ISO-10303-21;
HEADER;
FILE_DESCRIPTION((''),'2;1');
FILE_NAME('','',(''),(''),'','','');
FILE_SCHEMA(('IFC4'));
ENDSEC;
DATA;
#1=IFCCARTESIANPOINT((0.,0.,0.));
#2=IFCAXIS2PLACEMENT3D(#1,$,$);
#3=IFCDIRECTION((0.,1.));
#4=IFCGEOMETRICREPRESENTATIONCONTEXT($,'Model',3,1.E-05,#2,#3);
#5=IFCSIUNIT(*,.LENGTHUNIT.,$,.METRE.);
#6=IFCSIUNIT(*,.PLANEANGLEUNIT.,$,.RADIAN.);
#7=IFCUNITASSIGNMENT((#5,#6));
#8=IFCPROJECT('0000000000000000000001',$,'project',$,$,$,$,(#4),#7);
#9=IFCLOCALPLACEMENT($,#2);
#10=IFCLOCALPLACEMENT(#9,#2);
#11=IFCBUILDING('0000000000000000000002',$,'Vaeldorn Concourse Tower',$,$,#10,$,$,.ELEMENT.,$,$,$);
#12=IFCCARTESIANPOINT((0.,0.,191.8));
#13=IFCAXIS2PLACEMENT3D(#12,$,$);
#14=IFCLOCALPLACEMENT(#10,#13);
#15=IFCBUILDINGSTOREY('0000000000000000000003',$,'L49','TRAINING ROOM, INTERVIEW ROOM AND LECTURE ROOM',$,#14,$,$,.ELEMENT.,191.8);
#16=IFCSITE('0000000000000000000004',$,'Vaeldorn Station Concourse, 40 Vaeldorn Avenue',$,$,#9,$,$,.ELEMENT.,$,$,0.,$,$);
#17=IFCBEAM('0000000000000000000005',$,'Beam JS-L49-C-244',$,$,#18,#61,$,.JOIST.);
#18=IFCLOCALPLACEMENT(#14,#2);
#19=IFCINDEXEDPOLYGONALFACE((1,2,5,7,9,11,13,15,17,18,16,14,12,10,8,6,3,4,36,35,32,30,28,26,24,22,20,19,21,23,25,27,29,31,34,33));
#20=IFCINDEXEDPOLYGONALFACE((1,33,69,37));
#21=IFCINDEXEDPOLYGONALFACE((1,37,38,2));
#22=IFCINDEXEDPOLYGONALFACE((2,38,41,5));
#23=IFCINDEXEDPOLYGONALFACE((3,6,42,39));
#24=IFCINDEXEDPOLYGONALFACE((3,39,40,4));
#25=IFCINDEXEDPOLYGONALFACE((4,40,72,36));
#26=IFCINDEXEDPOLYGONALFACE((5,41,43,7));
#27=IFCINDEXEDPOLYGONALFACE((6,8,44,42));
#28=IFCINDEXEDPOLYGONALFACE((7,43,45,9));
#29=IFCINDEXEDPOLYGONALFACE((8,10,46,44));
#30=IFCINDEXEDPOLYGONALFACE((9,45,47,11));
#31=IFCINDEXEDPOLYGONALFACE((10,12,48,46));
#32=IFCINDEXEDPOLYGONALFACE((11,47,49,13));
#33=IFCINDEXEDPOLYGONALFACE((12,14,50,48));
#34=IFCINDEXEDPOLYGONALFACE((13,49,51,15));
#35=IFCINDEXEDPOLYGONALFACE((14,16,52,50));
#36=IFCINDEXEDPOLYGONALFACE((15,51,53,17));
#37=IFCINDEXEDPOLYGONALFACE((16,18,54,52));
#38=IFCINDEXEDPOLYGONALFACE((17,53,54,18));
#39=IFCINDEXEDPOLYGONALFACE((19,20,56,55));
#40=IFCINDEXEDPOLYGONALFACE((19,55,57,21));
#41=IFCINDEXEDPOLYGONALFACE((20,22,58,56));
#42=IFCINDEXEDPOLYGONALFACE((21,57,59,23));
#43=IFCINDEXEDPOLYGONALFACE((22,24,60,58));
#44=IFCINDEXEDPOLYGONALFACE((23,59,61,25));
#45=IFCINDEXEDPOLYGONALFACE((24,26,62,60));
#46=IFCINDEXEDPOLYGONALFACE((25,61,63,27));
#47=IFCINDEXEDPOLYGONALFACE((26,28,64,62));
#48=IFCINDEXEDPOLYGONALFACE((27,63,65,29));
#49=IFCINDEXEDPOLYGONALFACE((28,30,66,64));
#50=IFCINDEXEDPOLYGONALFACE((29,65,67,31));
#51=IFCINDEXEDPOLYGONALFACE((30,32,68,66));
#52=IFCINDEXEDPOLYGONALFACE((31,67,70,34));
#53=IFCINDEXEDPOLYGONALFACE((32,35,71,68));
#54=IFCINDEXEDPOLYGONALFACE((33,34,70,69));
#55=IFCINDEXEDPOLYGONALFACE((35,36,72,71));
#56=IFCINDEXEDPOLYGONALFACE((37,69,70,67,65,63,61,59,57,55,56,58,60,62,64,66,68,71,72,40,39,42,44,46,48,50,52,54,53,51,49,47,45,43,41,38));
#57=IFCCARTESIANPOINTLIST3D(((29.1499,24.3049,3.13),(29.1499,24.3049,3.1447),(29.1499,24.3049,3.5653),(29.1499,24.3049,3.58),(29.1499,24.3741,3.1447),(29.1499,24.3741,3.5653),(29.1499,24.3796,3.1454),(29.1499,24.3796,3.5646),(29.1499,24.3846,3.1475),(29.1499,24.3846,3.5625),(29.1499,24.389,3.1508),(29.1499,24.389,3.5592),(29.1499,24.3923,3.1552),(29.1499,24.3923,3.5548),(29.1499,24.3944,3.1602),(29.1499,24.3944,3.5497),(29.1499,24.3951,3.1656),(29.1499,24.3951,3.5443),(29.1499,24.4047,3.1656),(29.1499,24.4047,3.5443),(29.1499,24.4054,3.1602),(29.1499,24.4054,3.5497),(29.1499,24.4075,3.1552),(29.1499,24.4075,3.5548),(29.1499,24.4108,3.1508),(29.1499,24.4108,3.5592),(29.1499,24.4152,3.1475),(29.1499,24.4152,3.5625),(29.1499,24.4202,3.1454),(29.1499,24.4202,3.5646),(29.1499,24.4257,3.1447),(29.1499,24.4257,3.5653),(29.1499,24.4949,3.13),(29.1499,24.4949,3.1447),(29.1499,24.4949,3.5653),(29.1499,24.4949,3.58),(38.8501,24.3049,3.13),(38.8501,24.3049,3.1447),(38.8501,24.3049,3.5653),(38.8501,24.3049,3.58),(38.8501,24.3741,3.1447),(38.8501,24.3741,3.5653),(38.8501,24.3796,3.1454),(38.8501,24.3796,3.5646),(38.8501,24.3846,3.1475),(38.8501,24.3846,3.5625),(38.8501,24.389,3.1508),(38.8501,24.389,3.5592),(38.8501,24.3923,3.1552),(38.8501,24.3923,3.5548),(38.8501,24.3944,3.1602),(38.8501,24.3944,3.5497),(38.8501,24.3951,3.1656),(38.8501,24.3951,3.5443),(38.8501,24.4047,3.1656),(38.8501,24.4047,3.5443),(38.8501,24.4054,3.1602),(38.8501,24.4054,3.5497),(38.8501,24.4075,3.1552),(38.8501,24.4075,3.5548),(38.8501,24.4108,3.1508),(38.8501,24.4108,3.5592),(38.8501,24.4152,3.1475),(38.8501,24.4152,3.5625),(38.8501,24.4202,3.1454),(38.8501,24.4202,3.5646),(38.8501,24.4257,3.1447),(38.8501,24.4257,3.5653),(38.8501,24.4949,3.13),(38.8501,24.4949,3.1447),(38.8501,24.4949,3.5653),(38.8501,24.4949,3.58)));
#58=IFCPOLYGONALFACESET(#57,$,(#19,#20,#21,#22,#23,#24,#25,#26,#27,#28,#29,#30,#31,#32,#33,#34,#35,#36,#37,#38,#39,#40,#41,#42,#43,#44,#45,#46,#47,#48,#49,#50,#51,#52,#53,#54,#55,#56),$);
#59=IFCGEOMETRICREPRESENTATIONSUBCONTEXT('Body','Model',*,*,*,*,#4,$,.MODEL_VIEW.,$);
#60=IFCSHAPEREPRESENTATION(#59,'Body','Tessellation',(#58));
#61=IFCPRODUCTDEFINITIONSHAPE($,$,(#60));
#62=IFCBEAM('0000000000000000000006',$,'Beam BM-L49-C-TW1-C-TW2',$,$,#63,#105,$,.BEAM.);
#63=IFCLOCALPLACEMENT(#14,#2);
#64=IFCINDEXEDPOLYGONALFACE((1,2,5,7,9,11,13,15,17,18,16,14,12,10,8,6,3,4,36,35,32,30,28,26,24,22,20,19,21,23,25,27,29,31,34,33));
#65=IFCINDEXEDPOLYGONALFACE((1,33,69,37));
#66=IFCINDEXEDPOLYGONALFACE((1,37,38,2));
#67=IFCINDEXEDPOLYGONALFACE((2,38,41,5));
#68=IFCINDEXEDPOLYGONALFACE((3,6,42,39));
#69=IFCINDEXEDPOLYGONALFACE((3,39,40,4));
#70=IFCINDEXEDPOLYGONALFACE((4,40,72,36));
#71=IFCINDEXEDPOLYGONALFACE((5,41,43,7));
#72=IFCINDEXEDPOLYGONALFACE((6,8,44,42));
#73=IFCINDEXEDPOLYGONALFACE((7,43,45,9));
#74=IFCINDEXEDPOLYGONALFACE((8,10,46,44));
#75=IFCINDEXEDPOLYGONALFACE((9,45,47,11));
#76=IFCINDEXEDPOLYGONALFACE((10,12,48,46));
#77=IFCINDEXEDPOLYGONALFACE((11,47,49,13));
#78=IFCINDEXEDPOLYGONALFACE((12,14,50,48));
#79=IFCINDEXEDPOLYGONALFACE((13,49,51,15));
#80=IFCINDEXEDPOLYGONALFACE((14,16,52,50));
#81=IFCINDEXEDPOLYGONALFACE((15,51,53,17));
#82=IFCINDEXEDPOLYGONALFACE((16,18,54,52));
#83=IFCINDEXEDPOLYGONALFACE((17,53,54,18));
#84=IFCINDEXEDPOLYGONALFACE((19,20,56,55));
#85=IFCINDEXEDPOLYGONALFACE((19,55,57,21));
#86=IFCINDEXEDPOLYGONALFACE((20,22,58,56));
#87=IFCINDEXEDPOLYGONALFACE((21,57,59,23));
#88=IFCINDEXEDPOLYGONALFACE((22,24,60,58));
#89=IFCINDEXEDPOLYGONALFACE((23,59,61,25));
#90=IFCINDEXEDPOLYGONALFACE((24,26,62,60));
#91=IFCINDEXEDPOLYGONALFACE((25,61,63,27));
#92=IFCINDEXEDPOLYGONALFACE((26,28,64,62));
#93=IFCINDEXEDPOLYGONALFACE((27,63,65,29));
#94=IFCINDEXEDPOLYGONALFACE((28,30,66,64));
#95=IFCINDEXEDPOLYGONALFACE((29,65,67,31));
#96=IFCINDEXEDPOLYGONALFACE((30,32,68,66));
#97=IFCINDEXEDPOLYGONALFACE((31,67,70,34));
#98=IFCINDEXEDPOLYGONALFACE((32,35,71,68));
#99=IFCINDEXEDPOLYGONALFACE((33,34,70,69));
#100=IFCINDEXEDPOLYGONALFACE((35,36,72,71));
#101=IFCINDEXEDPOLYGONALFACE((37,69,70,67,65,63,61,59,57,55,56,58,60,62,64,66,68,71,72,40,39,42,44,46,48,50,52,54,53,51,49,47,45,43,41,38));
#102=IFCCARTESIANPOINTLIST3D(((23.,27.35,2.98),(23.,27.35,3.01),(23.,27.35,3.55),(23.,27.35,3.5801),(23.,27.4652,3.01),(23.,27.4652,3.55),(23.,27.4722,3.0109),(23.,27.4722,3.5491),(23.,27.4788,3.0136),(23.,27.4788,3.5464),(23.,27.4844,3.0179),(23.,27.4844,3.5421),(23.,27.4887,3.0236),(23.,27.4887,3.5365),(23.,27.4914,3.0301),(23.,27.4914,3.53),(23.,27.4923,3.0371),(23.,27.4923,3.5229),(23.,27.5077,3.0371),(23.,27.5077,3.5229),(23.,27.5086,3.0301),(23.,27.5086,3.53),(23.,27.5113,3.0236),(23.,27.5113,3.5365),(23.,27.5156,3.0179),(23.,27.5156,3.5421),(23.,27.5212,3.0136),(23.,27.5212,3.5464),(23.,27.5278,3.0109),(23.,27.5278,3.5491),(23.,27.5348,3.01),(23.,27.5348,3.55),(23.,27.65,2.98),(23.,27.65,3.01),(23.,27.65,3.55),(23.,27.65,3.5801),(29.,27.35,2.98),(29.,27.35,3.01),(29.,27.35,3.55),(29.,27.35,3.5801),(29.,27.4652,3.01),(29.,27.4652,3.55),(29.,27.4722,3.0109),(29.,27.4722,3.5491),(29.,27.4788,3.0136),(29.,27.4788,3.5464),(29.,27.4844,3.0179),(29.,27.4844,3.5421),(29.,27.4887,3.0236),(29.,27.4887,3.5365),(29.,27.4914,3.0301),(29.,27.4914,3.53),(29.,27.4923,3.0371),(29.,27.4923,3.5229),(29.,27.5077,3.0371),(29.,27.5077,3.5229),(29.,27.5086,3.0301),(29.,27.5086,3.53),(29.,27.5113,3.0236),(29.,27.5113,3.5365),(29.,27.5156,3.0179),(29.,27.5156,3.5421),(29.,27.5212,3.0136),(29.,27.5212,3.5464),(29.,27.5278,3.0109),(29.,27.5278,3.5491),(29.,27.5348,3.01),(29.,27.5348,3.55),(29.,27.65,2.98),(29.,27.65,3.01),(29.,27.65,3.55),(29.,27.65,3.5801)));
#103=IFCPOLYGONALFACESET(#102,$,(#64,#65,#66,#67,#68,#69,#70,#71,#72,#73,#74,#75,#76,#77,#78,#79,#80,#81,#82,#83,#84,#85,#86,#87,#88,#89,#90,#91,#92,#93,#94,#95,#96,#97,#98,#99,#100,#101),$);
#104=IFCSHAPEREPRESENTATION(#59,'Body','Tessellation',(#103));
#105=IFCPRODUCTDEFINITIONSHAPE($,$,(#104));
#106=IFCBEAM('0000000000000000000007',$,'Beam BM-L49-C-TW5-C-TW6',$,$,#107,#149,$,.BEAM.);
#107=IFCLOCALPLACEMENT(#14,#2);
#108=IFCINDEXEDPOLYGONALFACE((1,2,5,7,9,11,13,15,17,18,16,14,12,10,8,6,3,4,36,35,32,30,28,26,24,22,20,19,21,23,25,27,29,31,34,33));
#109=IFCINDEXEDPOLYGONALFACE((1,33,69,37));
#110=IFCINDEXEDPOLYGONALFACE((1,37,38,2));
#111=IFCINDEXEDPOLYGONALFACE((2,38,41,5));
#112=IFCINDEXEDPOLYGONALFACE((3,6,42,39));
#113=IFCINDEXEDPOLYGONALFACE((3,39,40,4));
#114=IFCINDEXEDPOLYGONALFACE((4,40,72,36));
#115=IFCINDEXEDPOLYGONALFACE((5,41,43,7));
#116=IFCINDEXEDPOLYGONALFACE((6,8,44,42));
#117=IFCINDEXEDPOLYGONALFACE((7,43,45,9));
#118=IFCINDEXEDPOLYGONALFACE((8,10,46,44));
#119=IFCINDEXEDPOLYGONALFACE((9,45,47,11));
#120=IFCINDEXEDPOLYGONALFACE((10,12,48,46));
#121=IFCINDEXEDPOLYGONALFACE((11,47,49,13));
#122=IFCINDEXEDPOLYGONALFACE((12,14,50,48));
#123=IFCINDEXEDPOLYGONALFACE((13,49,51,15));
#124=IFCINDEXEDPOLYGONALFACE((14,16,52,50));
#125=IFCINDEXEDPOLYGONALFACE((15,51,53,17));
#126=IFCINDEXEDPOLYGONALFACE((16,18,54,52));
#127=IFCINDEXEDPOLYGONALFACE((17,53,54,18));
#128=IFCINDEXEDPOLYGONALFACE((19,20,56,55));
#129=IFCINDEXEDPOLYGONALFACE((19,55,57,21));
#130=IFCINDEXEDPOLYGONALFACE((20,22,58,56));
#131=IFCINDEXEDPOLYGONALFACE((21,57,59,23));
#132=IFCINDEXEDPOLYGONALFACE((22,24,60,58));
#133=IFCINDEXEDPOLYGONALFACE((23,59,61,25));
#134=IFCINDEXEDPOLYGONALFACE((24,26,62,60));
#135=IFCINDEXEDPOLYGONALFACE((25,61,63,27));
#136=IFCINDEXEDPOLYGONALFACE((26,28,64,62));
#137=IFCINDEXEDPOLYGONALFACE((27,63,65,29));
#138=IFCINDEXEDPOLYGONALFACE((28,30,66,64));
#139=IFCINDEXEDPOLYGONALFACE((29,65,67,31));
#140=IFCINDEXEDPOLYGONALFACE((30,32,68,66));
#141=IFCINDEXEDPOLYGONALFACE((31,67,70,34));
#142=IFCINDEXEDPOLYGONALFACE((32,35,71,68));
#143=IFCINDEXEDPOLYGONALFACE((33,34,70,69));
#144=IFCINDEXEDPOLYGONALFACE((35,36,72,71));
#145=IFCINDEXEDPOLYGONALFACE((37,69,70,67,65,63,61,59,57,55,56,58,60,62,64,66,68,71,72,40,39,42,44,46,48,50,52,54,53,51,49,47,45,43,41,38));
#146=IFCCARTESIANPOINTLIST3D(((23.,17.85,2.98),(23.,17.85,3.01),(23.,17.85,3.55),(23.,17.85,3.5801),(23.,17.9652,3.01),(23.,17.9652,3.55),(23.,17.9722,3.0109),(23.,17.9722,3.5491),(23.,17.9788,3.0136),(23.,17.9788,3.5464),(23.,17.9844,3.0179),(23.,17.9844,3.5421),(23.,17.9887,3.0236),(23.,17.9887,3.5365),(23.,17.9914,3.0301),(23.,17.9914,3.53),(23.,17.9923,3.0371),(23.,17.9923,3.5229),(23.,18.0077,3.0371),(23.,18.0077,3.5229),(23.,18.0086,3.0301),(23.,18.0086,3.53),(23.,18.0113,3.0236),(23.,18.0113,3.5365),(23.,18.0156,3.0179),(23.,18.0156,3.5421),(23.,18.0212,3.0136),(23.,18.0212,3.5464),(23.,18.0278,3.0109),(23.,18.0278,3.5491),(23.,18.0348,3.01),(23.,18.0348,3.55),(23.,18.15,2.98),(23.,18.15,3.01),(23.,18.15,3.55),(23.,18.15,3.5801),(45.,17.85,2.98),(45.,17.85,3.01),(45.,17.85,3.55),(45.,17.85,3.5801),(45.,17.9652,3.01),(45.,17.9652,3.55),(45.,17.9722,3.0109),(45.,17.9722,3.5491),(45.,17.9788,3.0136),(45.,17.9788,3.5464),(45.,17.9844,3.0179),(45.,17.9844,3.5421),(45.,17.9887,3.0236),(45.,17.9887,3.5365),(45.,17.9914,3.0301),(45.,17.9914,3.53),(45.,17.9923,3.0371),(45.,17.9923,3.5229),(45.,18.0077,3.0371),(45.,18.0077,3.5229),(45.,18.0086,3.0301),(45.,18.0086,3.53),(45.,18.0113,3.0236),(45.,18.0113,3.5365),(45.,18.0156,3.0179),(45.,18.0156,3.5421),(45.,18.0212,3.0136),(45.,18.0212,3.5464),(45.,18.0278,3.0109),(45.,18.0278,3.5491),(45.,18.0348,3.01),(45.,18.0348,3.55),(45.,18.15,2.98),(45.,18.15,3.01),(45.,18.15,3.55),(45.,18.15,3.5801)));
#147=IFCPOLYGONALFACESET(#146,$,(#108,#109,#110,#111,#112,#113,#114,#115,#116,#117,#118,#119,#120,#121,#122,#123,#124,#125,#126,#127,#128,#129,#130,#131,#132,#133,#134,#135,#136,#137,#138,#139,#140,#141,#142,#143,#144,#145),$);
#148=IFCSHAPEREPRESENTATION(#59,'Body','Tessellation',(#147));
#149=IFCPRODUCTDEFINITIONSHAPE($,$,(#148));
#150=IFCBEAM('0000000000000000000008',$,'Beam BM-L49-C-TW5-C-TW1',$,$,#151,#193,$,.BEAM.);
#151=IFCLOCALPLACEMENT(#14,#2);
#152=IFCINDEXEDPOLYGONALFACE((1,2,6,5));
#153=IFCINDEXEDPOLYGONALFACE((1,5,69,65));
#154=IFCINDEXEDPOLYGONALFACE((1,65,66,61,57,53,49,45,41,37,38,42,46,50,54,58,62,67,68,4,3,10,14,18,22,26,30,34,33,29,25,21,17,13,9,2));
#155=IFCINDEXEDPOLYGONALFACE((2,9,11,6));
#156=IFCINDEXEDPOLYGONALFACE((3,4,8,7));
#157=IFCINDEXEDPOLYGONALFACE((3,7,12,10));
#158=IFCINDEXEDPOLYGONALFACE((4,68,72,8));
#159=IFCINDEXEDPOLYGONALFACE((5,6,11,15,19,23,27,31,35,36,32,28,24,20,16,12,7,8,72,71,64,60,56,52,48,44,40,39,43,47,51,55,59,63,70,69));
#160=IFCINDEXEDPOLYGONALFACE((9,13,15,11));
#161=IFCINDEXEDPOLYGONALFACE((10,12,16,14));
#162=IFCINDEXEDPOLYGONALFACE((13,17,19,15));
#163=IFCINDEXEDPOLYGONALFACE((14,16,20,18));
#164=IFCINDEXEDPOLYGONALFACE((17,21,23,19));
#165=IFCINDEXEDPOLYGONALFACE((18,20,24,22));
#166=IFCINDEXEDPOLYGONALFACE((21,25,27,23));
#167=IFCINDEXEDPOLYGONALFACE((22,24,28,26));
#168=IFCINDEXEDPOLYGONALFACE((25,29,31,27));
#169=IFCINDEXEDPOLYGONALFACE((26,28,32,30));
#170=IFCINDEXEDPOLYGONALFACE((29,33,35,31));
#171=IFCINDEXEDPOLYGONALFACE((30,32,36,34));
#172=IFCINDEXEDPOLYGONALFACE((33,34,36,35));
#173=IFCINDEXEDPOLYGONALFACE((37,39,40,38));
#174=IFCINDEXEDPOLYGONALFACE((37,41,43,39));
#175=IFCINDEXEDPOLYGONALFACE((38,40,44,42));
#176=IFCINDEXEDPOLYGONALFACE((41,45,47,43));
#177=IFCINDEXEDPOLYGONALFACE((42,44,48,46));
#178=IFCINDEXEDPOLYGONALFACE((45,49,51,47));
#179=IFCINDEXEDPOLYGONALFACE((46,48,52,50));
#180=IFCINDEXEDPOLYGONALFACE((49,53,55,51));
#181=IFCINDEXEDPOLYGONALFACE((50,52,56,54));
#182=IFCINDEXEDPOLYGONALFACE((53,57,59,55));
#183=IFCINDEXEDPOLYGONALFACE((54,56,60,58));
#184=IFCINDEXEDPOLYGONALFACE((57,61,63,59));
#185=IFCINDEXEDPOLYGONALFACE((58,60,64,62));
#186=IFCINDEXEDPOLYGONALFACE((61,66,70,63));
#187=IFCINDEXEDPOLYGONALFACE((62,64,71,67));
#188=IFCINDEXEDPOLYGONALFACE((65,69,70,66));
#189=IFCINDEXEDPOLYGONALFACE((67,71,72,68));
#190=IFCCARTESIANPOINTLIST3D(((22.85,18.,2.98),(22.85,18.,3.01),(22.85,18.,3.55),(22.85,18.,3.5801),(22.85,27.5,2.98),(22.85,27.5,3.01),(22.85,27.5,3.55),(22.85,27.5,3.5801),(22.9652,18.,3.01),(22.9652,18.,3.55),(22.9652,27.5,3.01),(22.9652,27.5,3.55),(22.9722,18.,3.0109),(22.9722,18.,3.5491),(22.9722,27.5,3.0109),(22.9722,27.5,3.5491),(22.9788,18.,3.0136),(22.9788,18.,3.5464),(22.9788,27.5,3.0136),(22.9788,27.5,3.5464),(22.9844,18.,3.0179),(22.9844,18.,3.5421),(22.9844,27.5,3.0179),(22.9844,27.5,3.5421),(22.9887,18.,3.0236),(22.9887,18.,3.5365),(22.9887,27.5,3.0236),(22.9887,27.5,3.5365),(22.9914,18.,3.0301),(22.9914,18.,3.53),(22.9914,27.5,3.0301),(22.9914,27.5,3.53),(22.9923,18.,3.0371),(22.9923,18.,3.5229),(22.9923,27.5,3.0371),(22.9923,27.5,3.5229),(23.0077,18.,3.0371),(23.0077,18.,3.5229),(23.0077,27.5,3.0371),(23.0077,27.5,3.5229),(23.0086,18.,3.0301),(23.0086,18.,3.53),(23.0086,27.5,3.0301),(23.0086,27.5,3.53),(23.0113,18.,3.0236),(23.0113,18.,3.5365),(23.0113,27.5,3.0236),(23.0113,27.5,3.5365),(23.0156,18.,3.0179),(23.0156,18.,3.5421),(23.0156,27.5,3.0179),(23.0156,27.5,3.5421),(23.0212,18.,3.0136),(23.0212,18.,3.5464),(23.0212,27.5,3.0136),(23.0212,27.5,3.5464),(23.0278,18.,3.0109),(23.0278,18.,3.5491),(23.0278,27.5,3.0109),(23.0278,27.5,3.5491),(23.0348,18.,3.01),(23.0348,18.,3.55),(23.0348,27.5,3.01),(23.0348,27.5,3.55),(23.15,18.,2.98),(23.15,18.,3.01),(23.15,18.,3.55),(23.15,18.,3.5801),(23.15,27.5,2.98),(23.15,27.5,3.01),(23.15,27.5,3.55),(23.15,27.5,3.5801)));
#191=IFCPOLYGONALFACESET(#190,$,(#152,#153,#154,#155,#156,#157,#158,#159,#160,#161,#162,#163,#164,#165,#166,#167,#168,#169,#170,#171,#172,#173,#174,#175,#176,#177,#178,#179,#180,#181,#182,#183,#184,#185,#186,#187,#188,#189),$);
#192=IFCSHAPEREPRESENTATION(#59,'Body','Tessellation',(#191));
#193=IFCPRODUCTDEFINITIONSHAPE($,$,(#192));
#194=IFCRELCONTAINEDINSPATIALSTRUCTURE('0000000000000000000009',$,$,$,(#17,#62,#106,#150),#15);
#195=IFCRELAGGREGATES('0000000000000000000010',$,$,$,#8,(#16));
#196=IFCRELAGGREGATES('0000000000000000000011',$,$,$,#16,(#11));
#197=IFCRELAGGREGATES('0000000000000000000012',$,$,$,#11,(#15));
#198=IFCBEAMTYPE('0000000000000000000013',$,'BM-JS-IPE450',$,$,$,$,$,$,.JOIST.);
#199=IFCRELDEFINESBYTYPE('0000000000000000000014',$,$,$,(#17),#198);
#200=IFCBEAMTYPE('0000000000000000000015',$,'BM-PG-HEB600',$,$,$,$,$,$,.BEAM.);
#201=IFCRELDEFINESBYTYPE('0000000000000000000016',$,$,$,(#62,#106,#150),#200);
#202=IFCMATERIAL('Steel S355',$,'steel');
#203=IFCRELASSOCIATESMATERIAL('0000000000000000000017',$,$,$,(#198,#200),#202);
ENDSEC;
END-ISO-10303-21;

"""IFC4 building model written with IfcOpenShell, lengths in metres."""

from ifc_helpers import new_model, si_unit, direction, frame, origin, origin_2d, place, context, subcontext, project, spatial, i_section, extrude, source, transform, mapped, material, material_profile, profile_set, type_object, element, save


model = new_model("IFC4")

# Units and contexts
model_context = context("Model", 3, precision=1e-05, world=origin(), true_north=direction((0.0, 1.0)))
body_context = subcontext(model_context, "Body", "Model", "MODEL_VIEW")
ifc_project = project(units=[si_unit("LENGTHUNIT", "METRE"), si_unit("PLANEANGLEUNIT", "RADIAN")], contexts=[model_context])

# Site, building, storey
site_placement = place(None, origin())
site = spatial("IfcSite", under=ifc_project, at=site_placement, Name="Vaeldorn Station Concourse, 40 Vaeldorn Avenue", CompositionType="ELEMENT", RefElevation=0.0)
building_placement = place(site_placement, origin())
building = spatial("IfcBuilding", under=site, at=building_placement, Name="Vaeldorn Concourse Tower", CompositionType="ELEMENT")
storey_placement = place(building_placement, frame((0.0, 0.0, 191.8)))
storey = spatial("IfcBuildingStorey", under=building, at=storey_placement, Name="L49", Description="TRAINING ROOM, INTERVIEW ROOM AND LECTURE ROOM", CompositionType="ELEMENT", Elevation=191.8)

# Shared definitions
ifc_material_1 = material(Name="Steel S355", Category="steel")

# Beams
ifc_material_profile_1 = material_profile(ifc_material_1, i_section(OverallWidth=0.1899, OverallDepth=0.45, WebThickness=0.0095, FlangeThickness=0.0146, FilletRadius=0.021, at=origin_2d()), Name="IPE 450")
ifc_profile_set_1 = profile_set([ifc_material_profile_1], Name="Steel S355")
beam_type_1 = type_object("IfcBeamType", Name="BM-JS-IPE450", PredefinedType="JOIST", material=ifc_profile_set_1)
shared_shape_1 = source(origin(), body_context, "Body", "SweptSolid", [
    extrude(i_section(OverallWidth=0.1899, OverallDepth=0.45, WebThickness=0.0095, FlangeThickness=0.0146, FilletRadius=0.021, at=origin_2d()), origin(), (0.0, 0.0, 1.0), 9.7002),
])
for number, where, z_axis, x_axis, name in (
    (1, (29.1499, 24.3999, 3.355), (1.0, 0.0, 0.0), (0.0, 1.0, 0.0), "Beam JS-L49-C-244"),
):
    element("IfcBeam", number, at=place(storey_placement, frame(where, z_axis=z_axis, x_axis=x_axis)), inside=storey, type_object=beam_type_1, Name=name, PredefinedType="JOIST", context=body_context, shape_type="MappedRepresentation", body=[
        mapped(shared_shape_1, transform((0.0, 0.0, 0.0), scale=1.0)),
    ])
ifc_material_profile_2 = material_profile(ifc_material_1, i_section(OverallWidth=0.3, OverallDepth=0.6001, WebThickness=0.0154, FlangeThickness=0.03, FilletRadius=0.0271, at=origin_2d()), Name="HEB 600")
ifc_profile_set_2 = profile_set([ifc_material_profile_2], Name="Steel S355")
beam_type_2 = type_object("IfcBeamType", Name="BM-PG-HEB600", PredefinedType="BEAM", material=ifc_profile_set_2)
shared_shape_2 = source(origin(), body_context, "Body", "SweptSolid", [
    extrude(i_section(OverallWidth=0.3, OverallDepth=0.6001, WebThickness=0.0154, FlangeThickness=0.03, FilletRadius=0.0271, at=origin_2d()), origin(), (0.0, 0.0, 1.0), 6.0),
])
beam_1_placement = place(storey_placement, frame((23.0, 27.5, 3.28), z_axis=(1.0, 0.0, 0.0), x_axis=(0.0, 1.0, 0.0)))
element("IfcBeam", 2, at=beam_1_placement, inside=storey, type_object=beam_type_2, Name="Beam BM-L49-C-TW1-C-TW2", PredefinedType="BEAM", context=body_context, shape_type="MappedRepresentation", body=[
    mapped(shared_shape_2, transform((0.0, 0.0, 0.0), scale=1.0)),
])
shared_shape_3 = source(origin(), body_context, "Body", "SweptSolid", [
    extrude(i_section(OverallWidth=0.3, OverallDepth=0.6001, WebThickness=0.0154, FlangeThickness=0.03, FilletRadius=0.0271, at=origin_2d()), origin(), (0.0, 0.0, 1.0), 22.0),
])
beam_2_placement = place(storey_placement, frame((23.0, 18.0, 3.28), z_axis=(1.0, 0.0, 0.0), x_axis=(0.0, 1.0, 0.0)))
element("IfcBeam", 3, at=beam_2_placement, inside=storey, type_object=beam_type_2, Name="Beam BM-L49-C-TW5-C-TW6", PredefinedType="BEAM", context=body_context, shape_type="MappedRepresentation", body=[
    mapped(shared_shape_3, transform((0.0, 0.0, 0.0), scale=1.0)),
])
shared_shape_4 = source(origin(), body_context, "Body", "SweptSolid", [
    extrude(i_section(OverallWidth=0.3, OverallDepth=0.6001, WebThickness=0.0154, FlangeThickness=0.03, FilletRadius=0.0271, at=origin_2d()), origin(), (0.0, 0.0, 1.0), 9.5),
])
beam_3_placement = place(storey_placement, frame((23.0, 18.0, 3.28), z_axis=(0.0, 1.0, 0.0), x_axis=(-1.0, 0.0, 0.0)))
element("IfcBeam", 4, at=beam_3_placement, inside=storey, type_object=beam_type_2, Name="Beam BM-L49-C-TW5-C-TW1", PredefinedType="BEAM", context=body_context, shape_type="MappedRepresentation", body=[
    mapped(shared_shape_4, transform((0.0, 0.0, 0.0), scale=1.0)),
])

save(model, "model.ifc")
